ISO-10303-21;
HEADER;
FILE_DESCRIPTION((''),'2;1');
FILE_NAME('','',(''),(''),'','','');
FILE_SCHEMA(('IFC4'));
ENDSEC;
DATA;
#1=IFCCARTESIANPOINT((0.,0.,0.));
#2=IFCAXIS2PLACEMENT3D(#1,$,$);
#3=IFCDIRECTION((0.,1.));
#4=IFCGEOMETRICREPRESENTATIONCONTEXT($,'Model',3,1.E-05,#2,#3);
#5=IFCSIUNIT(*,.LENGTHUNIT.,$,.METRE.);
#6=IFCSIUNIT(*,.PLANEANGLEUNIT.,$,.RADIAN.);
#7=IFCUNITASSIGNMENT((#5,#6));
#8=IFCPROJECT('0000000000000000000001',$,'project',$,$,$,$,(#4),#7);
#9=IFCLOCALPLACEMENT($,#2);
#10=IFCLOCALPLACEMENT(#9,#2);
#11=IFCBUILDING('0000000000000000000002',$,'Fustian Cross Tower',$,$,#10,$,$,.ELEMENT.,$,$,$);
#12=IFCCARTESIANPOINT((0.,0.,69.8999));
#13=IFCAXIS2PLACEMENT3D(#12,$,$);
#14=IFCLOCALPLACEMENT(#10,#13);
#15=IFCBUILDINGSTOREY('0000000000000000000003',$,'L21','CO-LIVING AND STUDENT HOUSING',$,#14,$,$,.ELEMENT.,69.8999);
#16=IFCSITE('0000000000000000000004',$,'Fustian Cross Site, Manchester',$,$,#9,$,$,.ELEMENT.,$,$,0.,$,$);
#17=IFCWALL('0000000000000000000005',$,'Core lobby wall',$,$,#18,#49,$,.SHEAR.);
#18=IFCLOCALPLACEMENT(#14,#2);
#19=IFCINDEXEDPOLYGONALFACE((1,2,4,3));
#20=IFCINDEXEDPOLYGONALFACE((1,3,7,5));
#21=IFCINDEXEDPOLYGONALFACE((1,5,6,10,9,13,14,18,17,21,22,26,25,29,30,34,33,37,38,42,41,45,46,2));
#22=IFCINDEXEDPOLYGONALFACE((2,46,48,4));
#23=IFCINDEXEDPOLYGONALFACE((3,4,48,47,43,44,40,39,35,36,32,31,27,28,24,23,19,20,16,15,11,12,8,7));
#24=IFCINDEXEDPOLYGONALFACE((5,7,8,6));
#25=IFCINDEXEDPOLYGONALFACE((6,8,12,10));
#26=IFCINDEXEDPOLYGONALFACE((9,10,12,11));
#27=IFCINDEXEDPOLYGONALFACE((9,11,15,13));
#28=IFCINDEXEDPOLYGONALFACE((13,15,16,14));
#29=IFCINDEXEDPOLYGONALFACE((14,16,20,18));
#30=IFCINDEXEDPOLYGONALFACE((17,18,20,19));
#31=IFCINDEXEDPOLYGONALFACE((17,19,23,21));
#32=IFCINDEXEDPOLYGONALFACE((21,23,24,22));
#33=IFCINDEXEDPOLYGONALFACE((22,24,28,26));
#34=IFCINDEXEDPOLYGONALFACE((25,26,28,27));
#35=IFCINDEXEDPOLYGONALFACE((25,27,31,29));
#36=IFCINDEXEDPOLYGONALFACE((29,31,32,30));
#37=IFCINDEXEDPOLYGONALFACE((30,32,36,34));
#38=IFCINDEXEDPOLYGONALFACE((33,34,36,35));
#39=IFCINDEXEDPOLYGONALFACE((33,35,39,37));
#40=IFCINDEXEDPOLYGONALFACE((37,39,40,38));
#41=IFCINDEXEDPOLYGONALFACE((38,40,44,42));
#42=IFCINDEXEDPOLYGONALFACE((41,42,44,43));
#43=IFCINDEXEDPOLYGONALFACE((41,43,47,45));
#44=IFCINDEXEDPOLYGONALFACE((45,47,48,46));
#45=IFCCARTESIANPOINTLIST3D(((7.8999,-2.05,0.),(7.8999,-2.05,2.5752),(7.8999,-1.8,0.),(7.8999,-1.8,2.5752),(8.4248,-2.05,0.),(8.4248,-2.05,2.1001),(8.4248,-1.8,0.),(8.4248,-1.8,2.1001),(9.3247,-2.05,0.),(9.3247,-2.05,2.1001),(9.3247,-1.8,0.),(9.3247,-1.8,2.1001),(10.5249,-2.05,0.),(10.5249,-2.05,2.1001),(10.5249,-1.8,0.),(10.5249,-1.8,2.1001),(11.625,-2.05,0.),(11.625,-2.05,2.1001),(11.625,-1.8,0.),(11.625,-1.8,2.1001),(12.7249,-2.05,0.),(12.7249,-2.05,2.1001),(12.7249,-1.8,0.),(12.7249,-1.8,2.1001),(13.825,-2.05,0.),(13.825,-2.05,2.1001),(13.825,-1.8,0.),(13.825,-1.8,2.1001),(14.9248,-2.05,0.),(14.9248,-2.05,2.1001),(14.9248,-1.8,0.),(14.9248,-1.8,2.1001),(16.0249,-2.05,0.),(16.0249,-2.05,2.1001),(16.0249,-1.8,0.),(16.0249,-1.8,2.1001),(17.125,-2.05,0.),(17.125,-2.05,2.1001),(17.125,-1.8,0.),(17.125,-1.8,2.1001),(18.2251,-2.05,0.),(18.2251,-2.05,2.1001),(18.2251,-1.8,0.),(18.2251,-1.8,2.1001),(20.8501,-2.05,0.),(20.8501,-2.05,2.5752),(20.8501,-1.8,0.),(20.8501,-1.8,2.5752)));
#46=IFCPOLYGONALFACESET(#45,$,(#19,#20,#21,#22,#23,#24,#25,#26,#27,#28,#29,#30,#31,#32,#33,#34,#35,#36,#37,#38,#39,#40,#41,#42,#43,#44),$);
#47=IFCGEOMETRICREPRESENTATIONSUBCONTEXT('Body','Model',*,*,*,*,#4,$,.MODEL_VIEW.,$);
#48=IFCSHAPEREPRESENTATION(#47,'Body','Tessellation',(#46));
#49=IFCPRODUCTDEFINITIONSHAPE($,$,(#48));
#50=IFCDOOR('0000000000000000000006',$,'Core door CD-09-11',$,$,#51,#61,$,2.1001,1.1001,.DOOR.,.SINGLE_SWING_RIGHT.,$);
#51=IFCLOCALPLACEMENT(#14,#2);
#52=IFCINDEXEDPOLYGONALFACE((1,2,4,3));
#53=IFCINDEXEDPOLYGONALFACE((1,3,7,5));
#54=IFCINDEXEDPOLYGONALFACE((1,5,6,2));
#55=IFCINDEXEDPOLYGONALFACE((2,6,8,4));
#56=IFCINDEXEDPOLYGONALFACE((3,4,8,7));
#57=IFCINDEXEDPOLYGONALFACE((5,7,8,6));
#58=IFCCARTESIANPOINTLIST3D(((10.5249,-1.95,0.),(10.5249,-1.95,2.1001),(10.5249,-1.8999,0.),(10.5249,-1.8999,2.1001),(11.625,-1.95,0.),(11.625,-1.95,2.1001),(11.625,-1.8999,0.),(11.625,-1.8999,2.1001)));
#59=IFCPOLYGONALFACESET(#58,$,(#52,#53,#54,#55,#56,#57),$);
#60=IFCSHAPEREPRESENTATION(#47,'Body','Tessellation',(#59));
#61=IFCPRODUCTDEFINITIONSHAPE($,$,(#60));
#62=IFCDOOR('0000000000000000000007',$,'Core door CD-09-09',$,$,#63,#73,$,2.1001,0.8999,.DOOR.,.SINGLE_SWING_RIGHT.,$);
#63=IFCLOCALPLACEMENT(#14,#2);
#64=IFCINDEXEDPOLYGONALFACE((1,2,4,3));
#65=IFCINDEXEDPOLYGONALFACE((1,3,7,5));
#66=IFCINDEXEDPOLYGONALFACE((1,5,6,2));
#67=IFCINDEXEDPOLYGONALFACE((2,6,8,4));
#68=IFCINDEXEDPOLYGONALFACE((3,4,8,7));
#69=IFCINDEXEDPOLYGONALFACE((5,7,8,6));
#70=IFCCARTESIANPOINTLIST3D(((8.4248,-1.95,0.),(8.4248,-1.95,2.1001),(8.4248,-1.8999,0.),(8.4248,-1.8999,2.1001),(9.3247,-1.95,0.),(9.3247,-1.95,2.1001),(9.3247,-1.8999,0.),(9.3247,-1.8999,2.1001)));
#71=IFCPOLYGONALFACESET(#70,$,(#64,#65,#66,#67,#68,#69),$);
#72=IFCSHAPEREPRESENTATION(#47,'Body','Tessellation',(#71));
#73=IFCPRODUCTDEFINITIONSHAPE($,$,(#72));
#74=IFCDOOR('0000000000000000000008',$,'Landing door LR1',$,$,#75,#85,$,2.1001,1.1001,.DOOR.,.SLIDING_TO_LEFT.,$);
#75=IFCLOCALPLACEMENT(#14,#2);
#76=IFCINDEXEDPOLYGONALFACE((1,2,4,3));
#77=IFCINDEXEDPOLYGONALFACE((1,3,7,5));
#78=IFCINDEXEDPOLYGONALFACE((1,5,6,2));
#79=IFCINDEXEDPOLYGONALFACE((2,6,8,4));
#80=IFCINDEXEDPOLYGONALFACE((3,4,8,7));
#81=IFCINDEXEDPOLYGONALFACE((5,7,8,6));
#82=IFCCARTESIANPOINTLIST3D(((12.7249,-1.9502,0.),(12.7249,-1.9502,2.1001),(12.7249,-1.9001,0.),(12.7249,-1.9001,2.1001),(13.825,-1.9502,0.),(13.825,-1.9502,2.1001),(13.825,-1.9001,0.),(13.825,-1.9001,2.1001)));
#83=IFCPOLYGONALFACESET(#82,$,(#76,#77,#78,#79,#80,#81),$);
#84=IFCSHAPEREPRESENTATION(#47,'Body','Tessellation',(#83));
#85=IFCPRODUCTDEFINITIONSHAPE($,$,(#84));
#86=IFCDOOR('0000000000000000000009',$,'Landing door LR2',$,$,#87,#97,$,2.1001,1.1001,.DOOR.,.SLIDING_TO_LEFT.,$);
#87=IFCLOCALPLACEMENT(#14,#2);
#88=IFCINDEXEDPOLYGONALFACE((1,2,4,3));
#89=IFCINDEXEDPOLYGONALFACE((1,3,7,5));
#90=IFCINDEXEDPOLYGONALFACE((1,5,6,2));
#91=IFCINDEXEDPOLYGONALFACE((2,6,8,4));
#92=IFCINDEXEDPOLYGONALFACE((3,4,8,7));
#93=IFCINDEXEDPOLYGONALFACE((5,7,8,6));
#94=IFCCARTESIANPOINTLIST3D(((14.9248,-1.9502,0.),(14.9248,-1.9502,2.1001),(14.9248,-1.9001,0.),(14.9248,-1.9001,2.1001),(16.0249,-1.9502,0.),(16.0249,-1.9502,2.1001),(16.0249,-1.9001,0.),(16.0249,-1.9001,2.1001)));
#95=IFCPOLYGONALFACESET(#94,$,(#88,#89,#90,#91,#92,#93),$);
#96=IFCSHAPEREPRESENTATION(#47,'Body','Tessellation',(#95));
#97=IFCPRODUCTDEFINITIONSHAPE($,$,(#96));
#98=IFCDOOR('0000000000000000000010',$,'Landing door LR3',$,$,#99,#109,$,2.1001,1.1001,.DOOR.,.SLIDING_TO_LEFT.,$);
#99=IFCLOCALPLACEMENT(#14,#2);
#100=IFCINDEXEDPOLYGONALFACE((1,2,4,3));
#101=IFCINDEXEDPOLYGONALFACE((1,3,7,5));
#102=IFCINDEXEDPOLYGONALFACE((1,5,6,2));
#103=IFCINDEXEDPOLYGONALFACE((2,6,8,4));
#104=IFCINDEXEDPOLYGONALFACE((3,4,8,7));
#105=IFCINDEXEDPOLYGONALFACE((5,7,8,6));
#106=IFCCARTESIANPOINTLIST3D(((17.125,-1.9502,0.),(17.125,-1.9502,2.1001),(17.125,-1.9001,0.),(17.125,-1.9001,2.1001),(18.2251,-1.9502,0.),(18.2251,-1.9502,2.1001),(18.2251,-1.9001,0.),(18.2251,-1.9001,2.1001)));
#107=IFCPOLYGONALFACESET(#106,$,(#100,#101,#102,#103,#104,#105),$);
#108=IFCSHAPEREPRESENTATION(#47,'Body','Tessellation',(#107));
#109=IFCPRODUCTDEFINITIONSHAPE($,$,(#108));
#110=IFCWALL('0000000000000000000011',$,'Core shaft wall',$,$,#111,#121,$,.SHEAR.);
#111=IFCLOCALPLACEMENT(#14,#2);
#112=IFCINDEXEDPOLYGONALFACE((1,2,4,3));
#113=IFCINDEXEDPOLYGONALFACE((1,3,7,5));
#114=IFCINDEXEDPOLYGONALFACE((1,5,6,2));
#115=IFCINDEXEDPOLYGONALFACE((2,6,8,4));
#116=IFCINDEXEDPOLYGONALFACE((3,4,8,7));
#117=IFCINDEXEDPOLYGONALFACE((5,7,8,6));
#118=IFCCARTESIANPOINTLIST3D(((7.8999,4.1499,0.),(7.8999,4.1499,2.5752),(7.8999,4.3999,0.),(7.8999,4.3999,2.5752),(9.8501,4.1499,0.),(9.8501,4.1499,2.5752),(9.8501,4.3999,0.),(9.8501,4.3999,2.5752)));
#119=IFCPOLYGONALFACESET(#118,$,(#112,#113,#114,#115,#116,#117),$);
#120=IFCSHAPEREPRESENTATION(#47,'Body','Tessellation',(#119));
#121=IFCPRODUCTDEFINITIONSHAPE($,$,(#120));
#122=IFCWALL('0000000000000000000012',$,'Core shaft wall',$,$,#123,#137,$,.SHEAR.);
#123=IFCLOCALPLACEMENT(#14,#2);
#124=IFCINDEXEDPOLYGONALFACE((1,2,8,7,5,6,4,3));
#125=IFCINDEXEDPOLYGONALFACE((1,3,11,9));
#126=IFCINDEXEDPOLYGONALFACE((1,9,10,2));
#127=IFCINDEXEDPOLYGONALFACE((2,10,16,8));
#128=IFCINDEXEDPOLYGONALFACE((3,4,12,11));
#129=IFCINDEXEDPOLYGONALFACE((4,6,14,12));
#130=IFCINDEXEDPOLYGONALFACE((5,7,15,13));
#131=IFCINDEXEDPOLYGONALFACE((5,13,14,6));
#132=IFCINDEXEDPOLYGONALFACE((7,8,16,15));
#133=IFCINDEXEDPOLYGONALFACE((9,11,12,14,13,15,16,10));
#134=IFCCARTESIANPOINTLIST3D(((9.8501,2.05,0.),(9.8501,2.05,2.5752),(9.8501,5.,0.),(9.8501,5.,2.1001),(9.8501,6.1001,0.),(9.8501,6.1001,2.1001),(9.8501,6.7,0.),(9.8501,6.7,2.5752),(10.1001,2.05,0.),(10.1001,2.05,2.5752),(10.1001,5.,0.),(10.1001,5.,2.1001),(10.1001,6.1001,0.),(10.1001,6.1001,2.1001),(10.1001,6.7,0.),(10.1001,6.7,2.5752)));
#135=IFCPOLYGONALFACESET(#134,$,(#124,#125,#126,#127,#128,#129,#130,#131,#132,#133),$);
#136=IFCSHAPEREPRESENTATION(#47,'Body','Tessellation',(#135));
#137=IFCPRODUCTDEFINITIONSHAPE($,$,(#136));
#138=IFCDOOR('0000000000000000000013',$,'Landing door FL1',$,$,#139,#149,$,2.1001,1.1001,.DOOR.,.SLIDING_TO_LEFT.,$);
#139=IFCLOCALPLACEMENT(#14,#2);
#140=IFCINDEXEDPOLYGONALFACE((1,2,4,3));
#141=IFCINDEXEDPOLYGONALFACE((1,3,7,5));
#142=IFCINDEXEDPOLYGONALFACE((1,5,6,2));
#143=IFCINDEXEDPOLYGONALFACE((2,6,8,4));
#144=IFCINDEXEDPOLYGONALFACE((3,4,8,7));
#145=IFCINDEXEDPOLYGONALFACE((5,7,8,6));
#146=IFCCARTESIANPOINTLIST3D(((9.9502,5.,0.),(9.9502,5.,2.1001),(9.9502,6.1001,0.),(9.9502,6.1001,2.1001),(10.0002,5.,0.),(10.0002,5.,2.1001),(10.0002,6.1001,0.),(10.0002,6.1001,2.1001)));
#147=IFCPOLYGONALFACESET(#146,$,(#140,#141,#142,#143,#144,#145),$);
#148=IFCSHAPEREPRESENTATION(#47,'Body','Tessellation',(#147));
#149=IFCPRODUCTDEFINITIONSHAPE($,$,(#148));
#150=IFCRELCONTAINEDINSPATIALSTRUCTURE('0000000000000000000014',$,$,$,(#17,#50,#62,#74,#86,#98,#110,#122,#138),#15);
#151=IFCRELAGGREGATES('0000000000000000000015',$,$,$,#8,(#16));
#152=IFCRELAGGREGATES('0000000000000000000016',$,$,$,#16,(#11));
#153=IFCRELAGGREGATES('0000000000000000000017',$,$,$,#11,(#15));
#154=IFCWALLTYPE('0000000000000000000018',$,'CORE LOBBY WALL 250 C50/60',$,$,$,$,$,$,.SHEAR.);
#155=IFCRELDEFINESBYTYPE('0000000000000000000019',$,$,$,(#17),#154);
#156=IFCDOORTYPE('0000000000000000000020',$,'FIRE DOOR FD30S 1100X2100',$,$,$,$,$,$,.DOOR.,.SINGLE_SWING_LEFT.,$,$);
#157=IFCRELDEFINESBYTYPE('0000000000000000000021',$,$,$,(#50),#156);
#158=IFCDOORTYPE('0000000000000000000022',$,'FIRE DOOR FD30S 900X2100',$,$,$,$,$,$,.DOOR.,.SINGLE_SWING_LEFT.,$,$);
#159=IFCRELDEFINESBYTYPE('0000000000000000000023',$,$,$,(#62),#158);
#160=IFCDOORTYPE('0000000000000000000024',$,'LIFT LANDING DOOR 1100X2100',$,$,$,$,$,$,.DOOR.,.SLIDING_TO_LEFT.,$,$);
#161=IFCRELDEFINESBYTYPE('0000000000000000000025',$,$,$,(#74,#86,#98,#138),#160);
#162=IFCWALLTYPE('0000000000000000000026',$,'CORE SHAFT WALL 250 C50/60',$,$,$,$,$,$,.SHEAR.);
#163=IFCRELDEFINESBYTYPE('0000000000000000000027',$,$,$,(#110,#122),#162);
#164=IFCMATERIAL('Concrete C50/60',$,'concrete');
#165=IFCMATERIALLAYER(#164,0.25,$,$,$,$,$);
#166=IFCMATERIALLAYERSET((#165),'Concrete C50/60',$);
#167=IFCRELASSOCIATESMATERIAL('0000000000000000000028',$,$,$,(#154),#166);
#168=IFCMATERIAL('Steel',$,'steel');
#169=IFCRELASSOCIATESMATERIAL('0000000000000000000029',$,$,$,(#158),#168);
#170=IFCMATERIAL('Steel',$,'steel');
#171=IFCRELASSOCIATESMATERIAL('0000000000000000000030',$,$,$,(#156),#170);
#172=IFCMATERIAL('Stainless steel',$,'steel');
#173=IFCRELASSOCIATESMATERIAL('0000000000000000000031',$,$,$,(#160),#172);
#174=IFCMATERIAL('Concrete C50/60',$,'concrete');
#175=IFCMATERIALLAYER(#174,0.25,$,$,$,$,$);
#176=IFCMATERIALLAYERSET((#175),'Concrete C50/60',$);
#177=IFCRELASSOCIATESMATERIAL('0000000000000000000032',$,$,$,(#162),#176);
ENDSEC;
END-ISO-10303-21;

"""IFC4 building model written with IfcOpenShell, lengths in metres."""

from ifc_helpers import new_model, si_unit, direction, frame, frame_2d, origin, place, context, subcontext, project, spatial, rectangle, extrude, material, layer, layer_set, type_object, element, fill, save


model = new_model("IFC4")

# Units and contexts
model_context = context("Model", 3, precision=1e-05, world=origin(), true_north=direction((0.0, 1.0)))
body_context = subcontext(model_context, "Body", "Model", "MODEL_VIEW")
ifc_project = project(units=[si_unit("LENGTHUNIT", "METRE"), si_unit("PLANEANGLEUNIT", "RADIAN")], contexts=[model_context])

# Site, building, storey
site_placement = place(None, origin())
site = spatial("IfcSite", under=ifc_project, at=site_placement, Name="Fustian Cross Site, Manchester", CompositionType="ELEMENT", RefElevation=0.0)
building_placement = place(site_placement, origin())
building = spatial("IfcBuilding", under=site, at=building_placement, Name="Fustian Cross Tower", CompositionType="ELEMENT")
storey_placement = place(building_placement, frame((0.0, 0.0, 69.8999)))
storey = spatial("IfcBuildingStorey", under=building, at=storey_placement, Name="L21", Description="CO-LIVING AND STUDENT HOUSING", CompositionType="ELEMENT", Elevation=69.8999)

# Wall, openings, doors
ifc_material_1 = material(Name="Concrete C50/60", Category="concrete")
ifc_layer_1 = layer(ifc_material_1, 0.25)
ifc_layer_set_1 = layer_set([ifc_layer_1], Name="Concrete C50/60")
wall_type_1 = type_object("IfcWallType", Name="CORE LOBBY WALL 250 C50/60", PredefinedType="SHEAR", material=ifc_layer_set_1)
ifc_material_2 = material(Name="Steel", Category="steel")
door_type_1 = type_object("IfcDoorType", Name="FIRE DOOR FD30S 900X2100", OperationType="SINGLE_SWING_LEFT", PredefinedType="DOOR", material=ifc_material_2)
wall_1_placement = place(storey_placement, frame((7.8999, -1.925, 0.0), z_axis=(0.0, 0.0, 1.0), x_axis=(1.0, 0.0, 0.0)))
wall_1 = element("IfcWall", 1, at=wall_1_placement, inside=storey, type_object=wall_type_1, Name="Core lobby wall", PredefinedType="SHEAR", context=body_context, shape_type="SweptSolid", body=[
    extrude(rectangle(XDim=12.9502, YDim=0.25, at=frame_2d((6.4751, 0.0))), origin(), (0.0, 0.0, 1.0), 2.5752),
])
opening_1_placement = place(wall_1_placement, frame((4.825, 0.0, 0.0)))
opening_1 = element("IfcOpeningElement", 2, at=opening_1_placement, cuts=wall_1, PredefinedType="OPENING", context=body_context, shape_type="SweptSolid", body=[
    extrude(rectangle(XDim=1.1001, YDim=2.1001, at=frame_2d((0.55, 1.05))), frame((0.0, 0.135, 0.0), z_axis=(0.0, -1.0, 0.0), x_axis=(1.0, 0.0, 0.0)), (0.0, 0.0, 1.0), 0.27),
])
opening_2_placement = place(wall_1_placement, frame((7.0249, 0.0, 0.0)))
opening_2 = element("IfcOpeningElement", 3, at=opening_2_placement, cuts=wall_1, PredefinedType="OPENING", context=body_context, shape_type="SweptSolid", body=[
    extrude(rectangle(XDim=1.1001, YDim=2.1001, at=frame_2d((0.55, 1.05))), frame((0.0, 0.135, 0.0), z_axis=(0.0, -1.0, 0.0), x_axis=(1.0, 0.0, 0.0)), (0.0, 0.0, 1.0), 0.27),
])
opening_3_placement = place(wall_1_placement, frame((9.2251, 0.0, 0.0)))
opening_3 = element("IfcOpeningElement", 4, at=opening_3_placement, cuts=wall_1, PredefinedType="OPENING", context=body_context, shape_type="SweptSolid", body=[
    extrude(rectangle(XDim=1.1001, YDim=2.1001, at=frame_2d((0.55, 1.05))), frame((0.0, 0.135, 0.0), z_axis=(0.0, -1.0, 0.0), x_axis=(1.0, 0.0, 0.0)), (0.0, 0.0, 1.0), 0.27),
])
opening_4_placement = place(wall_1_placement, frame((0.5249, 0.0, 0.0)))
opening_4 = element("IfcOpeningElement", 5, at=opening_4_placement, cuts=wall_1, PredefinedType="OPENING", context=body_context, shape_type="SweptSolid", body=[
    extrude(rectangle(XDim=0.8999, YDim=2.1001, at=frame_2d((0.45, 1.05))), frame((0.0, 0.135, 0.0), z_axis=(0.0, -1.0, 0.0), x_axis=(1.0, 0.0, 0.0)), (0.0, 0.0, 1.0), 0.27),
])
opening_5_placement = place(wall_1_placement, frame((2.625, 0.0, 0.0)))
opening_5 = element("IfcOpeningElement", 6, at=opening_5_placement, cuts=wall_1, PredefinedType="OPENING", context=body_context, shape_type="SweptSolid", body=[
    extrude(rectangle(XDim=1.1001, YDim=2.1001, at=frame_2d((0.55, 1.05))), frame((0.0, 0.135, 0.0), z_axis=(0.0, -1.0, 0.0), x_axis=(1.0, 0.0, 0.0)), (0.0, 0.0, 1.0), 0.27),
])
ifc_material_3 = material(Name="Steel", Category="steel")
door_type_2 = type_object("IfcDoorType", Name="FIRE DOOR FD30S 1100X2100", OperationType="SINGLE_SWING_LEFT", PredefinedType="DOOR", material=ifc_material_3)
door_1_placement = place(opening_5_placement, frame((1.1001, 0.0, 0.0), z_axis=(0.0, 0.0, 1.0), x_axis=(-1.0, 0.0, 0.0)))
door_1 = element("IfcDoor", 7, at=door_1_placement, inside=storey, type_object=door_type_2, Name="Core door CD-09-11", OperationType="SINGLE_SWING_RIGHT", OverallHeight=2.1001, OverallWidth=1.1001, PredefinedType="DOOR", context=body_context, shape_type="SweptSolid", body=[
    extrude(rectangle(XDim=1.1001, YDim=2.1001, at=frame_2d((0.55, 1.05))), frame((0.0, 0.0249, 0.0), z_axis=(0.0, -1.0, 0.0), x_axis=(1.0, 0.0, 0.0)), (0.0, 0.0, 1.0), 0.05),
])
fill(opening_5, door_1)
door_2_placement = place(opening_4_placement, frame((0.8999, 0.0, 0.0), z_axis=(0.0, 0.0, 1.0), x_axis=(-1.0, 0.0, 0.0)))
door_2 = element("IfcDoor", 8, at=door_2_placement, inside=storey, type_object=door_type_1, Name="Core door CD-09-09", OperationType="SINGLE_SWING_RIGHT", OverallHeight=2.1001, OverallWidth=0.8999, PredefinedType="DOOR", context=body_context, shape_type="SweptSolid", body=[
    extrude(rectangle(XDim=0.8999, YDim=2.1001, at=frame_2d((0.45, 1.05))), frame((0.0, 0.0249, 0.0), z_axis=(0.0, -1.0, 0.0), x_axis=(1.0, 0.0, 0.0)), (0.0, 0.0, 1.0), 0.05),
])
fill(opening_4, door_2)
ifc_material_4 = material(Name="Stainless steel", Category="steel")
door_type_3 = type_object("IfcDoorType", Name="LIFT LANDING DOOR 1100X2100", OperationType="SLIDING_TO_LEFT", PredefinedType="DOOR", material=ifc_material_4)
door_3_placement = place(opening_1_placement, origin())
door_3 = element("IfcDoor", 9, at=door_3_placement, inside=storey, type_object=door_type_3, Name="Landing door LR1", OperationType="SLIDING_TO_LEFT", OverallHeight=2.1001, OverallWidth=1.1001, PredefinedType="DOOR", context=body_context, shape_type="SweptSolid", body=[
    extrude(rectangle(XDim=1.1001, YDim=2.1001, at=frame_2d((0.55, 1.05))), frame((0.0, 0.0249, 0.0), z_axis=(0.0, -1.0, 0.0), x_axis=(1.0, 0.0, 0.0)), (0.0, 0.0, 1.0), 0.05),
])
fill(opening_1, door_3)
door_4_placement = place(opening_2_placement, origin())
door_4 = element("IfcDoor", 10, at=door_4_placement, inside=storey, type_object=door_type_3, Name="Landing door LR2", OperationType="SLIDING_TO_LEFT", OverallHeight=2.1001, OverallWidth=1.1001, PredefinedType="DOOR", context=body_context, shape_type="SweptSolid", body=[
    extrude(rectangle(XDim=1.1001, YDim=2.1001, at=frame_2d((0.55, 1.05))), frame((0.0, 0.0249, 0.0), z_axis=(0.0, -1.0, 0.0), x_axis=(1.0, 0.0, 0.0)), (0.0, 0.0, 1.0), 0.05),
])
fill(opening_2, door_4)
door_5_placement = place(opening_3_placement, origin())
door_5 = element("IfcDoor", 11, at=door_5_placement, inside=storey, type_object=door_type_3, Name="Landing door LR3", OperationType="SLIDING_TO_LEFT", OverallHeight=2.1001, OverallWidth=1.1001, PredefinedType="DOOR", context=body_context, shape_type="SweptSolid", body=[
    extrude(rectangle(XDim=1.1001, YDim=2.1001, at=frame_2d((0.55, 1.05))), frame((0.0, 0.0249, 0.0), z_axis=(0.0, -1.0, 0.0), x_axis=(1.0, 0.0, 0.0)), (0.0, 0.0, 1.0), 0.05),
])
fill(opening_3, door_5)

# Wall
ifc_material_5 = material(Name="Concrete C50/60", Category="concrete")
ifc_layer_2 = layer(ifc_material_5, 0.25)
ifc_layer_set_2 = layer_set([ifc_layer_2], Name="Concrete C50/60")
wall_type_2 = type_object("IfcWallType", Name="CORE SHAFT WALL 250 C50/60", PredefinedType="SHEAR", material=ifc_layer_set_2)
wall_2_placement = place(storey_placement, frame((7.8999, 4.2749, 0.0), z_axis=(0.0, 0.0, 1.0), x_axis=(1.0, 0.0, 0.0)))
element("IfcWall", 12, at=wall_2_placement, inside=storey, type_object=wall_type_2, Name="Core shaft wall", PredefinedType="SHEAR", context=body_context, shape_type="SweptSolid", body=[
    extrude(rectangle(XDim=1.9502, YDim=0.25, at=frame_2d((0.9751, 0.0))), origin(), (0.0, 0.0, 1.0), 2.5752),
])

# Wall, opening, door
wall_3_placement = place(storey_placement, frame((9.9751, 2.05, 0.0), z_axis=(0.0, 0.0, 1.0), x_axis=(0.0, 1.0, 0.0)))
wall_3 = element("IfcWall", 13, at=wall_3_placement, inside=storey, type_object=wall_type_2, Name="Core shaft wall", PredefinedType="SHEAR", context=body_context, shape_type="SweptSolid", body=[
    extrude(rectangle(XDim=4.6499, YDim=0.25, at=frame_2d((2.325, 0.0))), origin(), (0.0, 0.0, 1.0), 2.5752),
])
opening_6_placement = place(wall_3_placement, frame((2.95, 0.0, 0.0)))
opening_6 = element("IfcOpeningElement", 14, at=opening_6_placement, cuts=wall_3, PredefinedType="OPENING", context=body_context, shape_type="SweptSolid", body=[
    extrude(rectangle(XDim=1.1001, YDim=2.1001, at=frame_2d((0.55, 1.05))), frame((0.0, 0.135, 0.0), z_axis=(0.0, -1.0, 0.0), x_axis=(1.0, 0.0, 0.0)), (0.0, 0.0, 1.0), 0.27),
])
door_6_placement = place(opening_6_placement, origin())
door_6 = element("IfcDoor", 15, at=door_6_placement, inside=storey, type_object=door_type_3, Name="Landing door FL1", OperationType="SLIDING_TO_LEFT", OverallHeight=2.1001, OverallWidth=1.1001, PredefinedType="DOOR", context=body_context, shape_type="SweptSolid", body=[
    extrude(rectangle(XDim=1.1001, YDim=2.1001, at=frame_2d((0.55, 1.05))), frame((0.0, 0.0249, 0.0), z_axis=(0.0, -1.0, 0.0), x_axis=(1.0, 0.0, 0.0)), (0.0, 0.0, 1.0), 0.05),
])
fill(opening_6, door_6)

save(model, "model.ifc")
